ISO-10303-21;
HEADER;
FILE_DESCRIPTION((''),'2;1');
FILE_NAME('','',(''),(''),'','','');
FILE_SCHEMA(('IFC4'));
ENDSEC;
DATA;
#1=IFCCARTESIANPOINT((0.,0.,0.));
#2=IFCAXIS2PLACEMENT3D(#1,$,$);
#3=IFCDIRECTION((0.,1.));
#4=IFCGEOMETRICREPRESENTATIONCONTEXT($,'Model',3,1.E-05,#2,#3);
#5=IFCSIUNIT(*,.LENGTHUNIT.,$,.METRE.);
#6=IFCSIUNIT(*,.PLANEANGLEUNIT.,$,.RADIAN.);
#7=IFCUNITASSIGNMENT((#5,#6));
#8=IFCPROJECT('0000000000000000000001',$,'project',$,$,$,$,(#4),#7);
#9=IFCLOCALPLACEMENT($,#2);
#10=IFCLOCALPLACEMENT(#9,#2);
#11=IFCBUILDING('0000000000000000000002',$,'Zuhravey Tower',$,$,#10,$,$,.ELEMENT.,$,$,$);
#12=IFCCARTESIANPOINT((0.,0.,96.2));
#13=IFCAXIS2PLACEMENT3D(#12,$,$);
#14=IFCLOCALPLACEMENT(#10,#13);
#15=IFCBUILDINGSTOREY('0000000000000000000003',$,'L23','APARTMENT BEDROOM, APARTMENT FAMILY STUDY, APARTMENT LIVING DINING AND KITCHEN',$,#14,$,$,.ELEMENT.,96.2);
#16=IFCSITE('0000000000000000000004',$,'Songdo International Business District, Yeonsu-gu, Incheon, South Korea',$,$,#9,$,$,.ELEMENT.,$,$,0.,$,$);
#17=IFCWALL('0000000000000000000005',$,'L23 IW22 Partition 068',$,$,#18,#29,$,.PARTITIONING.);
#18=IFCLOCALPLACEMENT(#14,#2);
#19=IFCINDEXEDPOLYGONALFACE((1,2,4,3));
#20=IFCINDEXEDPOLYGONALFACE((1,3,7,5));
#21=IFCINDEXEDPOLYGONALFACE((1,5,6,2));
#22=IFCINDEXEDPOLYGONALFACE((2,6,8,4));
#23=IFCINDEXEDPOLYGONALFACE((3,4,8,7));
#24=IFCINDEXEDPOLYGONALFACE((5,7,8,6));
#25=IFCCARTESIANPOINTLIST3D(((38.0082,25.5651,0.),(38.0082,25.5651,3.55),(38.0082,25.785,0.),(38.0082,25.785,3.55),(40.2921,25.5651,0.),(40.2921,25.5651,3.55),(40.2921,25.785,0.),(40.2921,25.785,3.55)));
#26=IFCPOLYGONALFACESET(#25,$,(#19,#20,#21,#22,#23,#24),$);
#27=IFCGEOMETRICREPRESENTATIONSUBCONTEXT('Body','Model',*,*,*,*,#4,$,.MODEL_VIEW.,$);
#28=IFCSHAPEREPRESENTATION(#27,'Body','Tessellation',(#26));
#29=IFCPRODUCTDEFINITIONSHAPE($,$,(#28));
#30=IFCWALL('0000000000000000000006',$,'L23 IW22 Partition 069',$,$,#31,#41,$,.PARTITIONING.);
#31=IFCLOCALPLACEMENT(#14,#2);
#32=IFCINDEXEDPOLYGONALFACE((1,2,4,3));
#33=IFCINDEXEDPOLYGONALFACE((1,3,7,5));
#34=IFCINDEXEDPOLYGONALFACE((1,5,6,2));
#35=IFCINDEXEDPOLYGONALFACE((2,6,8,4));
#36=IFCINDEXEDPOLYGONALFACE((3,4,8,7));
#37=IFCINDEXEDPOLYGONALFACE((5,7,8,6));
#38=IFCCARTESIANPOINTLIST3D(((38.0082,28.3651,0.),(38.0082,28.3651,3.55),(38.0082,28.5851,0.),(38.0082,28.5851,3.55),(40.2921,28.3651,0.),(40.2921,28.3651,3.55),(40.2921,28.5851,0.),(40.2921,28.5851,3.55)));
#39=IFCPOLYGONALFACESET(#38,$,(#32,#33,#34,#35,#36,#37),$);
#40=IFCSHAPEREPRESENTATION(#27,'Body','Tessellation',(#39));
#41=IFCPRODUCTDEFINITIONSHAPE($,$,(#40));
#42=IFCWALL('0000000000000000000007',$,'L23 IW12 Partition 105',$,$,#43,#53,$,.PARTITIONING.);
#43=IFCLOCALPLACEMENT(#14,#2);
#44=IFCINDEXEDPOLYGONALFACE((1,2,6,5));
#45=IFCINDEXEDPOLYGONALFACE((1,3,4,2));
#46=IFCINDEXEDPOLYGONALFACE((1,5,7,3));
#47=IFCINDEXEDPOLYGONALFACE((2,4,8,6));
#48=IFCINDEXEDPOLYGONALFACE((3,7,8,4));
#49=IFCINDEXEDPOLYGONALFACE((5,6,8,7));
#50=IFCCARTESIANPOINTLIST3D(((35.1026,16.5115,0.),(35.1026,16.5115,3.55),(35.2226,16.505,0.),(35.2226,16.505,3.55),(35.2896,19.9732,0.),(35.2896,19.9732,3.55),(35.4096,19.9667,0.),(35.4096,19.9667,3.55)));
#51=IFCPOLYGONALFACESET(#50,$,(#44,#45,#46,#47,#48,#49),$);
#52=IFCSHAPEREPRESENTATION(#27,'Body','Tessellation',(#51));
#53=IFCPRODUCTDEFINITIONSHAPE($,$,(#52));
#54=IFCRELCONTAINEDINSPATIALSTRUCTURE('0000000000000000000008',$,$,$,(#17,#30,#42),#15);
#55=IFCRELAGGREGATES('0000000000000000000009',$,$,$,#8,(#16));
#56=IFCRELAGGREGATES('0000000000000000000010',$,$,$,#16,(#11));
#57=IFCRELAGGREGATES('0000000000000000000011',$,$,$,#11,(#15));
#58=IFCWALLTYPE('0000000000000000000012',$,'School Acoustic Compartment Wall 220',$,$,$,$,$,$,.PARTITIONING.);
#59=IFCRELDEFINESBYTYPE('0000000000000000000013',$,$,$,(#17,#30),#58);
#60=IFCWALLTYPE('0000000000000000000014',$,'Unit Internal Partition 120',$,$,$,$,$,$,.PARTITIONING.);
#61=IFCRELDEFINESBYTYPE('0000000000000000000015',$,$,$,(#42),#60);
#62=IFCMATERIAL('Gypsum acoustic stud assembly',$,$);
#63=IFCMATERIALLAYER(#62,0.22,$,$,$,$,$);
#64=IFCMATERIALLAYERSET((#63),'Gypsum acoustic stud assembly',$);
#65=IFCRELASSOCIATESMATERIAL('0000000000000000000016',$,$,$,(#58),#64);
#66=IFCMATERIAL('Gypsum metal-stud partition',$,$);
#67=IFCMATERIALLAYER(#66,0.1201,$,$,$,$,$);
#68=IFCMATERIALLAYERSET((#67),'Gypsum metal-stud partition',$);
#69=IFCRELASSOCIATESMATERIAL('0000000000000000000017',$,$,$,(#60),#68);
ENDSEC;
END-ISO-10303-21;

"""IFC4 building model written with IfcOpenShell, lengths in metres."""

from ifc_helpers import new_model, si_unit, direction, frame, frame_2d, origin, place, context, subcontext, project, spatial, rectangle, extrude, material, layer, layer_set, type_object, element, save


model = new_model("IFC4")

# Units and contexts
model_context = context("Model", 3, precision=1e-05, world=origin(), true_north=direction((0.0, 1.0)))
body_context = subcontext(model_context, "Body", "Model", "MODEL_VIEW")
ifc_project = project(units=[si_unit("LENGTHUNIT", "METRE"), si_unit("PLANEANGLEUNIT", "RADIAN")], contexts=[model_context])

# Site, building, storey
site_placement = place(None, origin())
site = spatial("IfcSite", under=ifc_project, at=site_placement, Name="Songdo International Business District, Yeonsu-gu, Incheon, South Korea", CompositionType="ELEMENT", RefElevation=0.0)
building_placement = place(site_placement, origin())
building = spatial("IfcBuilding", under=site, at=building_placement, Name="Zuhravey Tower", CompositionType="ELEMENT")
storey_placement = place(building_placement, frame((0.0, 0.0, 96.2)))
storey = spatial("IfcBuildingStorey", under=building, at=storey_placement, Name="L23", Description="APARTMENT BEDROOM, APARTMENT FAMILY STUDY, APARTMENT LIVING DINING AND KITCHEN", CompositionType="ELEMENT", Elevation=96.2)

# Walls
ifc_material_1 = material(Name="Gypsum acoustic stud assembly")
ifc_layer_1 = layer(ifc_material_1, 0.22)
ifc_layer_set_1 = layer_set([ifc_layer_1], Name="Gypsum acoustic stud assembly")
wall_type_1 = type_object("IfcWallType", Name="School Acoustic Compartment Wall 220", PredefinedType="PARTITIONING", material=ifc_layer_set_1)
for number, where, z_axis, x_axis, name in (
    (1, (38.0081, 25.675, 0.0), (0.0, 0.0, 1.0), (1.0, 0.0, 0.0), "L23 IW22 Partition 068"),
    (2, (38.0081, 28.4751, 0.0), (0.0, 0.0, 1.0), (1.0, 0.0, 0.0), "L23 IW22 Partition 069"),
):
    element("IfcWall", number, at=place(storey_placement, frame(where, z_axis=z_axis, x_axis=x_axis)), inside=storey, type_object=wall_type_1, Name=name, PredefinedType="PARTITIONING", context=body_context, shape_type="SweptSolid", body=[
        extrude(rectangle(XDim=2.2839, YDim=0.22, at=frame_2d((1.1421, 0.0))), origin(), (0.0, 0.0, 1.0), 3.55),
    ])
ifc_material_2 = material(Name="Gypsum metal-stud partition")
ifc_layer_2 = layer(ifc_material_2, 0.1201)
ifc_layer_set_2 = layer_set([ifc_layer_2], Name="Gypsum metal-stud partition")
wall_type_2 = type_object("IfcWallType", Name="Unit Internal Partition 120", PredefinedType="PARTITIONING", material=ifc_layer_set_2)
wall_1_placement = place(storey_placement, frame((35.3496, 19.97, 0.0), z_axis=(0.0, 0.0, 1.0), x_axis=(-0.053945, -0.998544, 0.0)))
element("IfcWall", 3, at=wall_1_placement, inside=storey, type_object=wall_type_2, Name="L23 IW12 Partition 105", PredefinedType="PARTITIONING", context=body_context, shape_type="SweptSolid", body=[
    extrude(rectangle(XDim=3.4668, YDim=0.1201, at=frame_2d((1.7334, 0.0))), origin(), (0.0, 0.0, 1.0), 3.55),
])

save(model, "model.ifc")
